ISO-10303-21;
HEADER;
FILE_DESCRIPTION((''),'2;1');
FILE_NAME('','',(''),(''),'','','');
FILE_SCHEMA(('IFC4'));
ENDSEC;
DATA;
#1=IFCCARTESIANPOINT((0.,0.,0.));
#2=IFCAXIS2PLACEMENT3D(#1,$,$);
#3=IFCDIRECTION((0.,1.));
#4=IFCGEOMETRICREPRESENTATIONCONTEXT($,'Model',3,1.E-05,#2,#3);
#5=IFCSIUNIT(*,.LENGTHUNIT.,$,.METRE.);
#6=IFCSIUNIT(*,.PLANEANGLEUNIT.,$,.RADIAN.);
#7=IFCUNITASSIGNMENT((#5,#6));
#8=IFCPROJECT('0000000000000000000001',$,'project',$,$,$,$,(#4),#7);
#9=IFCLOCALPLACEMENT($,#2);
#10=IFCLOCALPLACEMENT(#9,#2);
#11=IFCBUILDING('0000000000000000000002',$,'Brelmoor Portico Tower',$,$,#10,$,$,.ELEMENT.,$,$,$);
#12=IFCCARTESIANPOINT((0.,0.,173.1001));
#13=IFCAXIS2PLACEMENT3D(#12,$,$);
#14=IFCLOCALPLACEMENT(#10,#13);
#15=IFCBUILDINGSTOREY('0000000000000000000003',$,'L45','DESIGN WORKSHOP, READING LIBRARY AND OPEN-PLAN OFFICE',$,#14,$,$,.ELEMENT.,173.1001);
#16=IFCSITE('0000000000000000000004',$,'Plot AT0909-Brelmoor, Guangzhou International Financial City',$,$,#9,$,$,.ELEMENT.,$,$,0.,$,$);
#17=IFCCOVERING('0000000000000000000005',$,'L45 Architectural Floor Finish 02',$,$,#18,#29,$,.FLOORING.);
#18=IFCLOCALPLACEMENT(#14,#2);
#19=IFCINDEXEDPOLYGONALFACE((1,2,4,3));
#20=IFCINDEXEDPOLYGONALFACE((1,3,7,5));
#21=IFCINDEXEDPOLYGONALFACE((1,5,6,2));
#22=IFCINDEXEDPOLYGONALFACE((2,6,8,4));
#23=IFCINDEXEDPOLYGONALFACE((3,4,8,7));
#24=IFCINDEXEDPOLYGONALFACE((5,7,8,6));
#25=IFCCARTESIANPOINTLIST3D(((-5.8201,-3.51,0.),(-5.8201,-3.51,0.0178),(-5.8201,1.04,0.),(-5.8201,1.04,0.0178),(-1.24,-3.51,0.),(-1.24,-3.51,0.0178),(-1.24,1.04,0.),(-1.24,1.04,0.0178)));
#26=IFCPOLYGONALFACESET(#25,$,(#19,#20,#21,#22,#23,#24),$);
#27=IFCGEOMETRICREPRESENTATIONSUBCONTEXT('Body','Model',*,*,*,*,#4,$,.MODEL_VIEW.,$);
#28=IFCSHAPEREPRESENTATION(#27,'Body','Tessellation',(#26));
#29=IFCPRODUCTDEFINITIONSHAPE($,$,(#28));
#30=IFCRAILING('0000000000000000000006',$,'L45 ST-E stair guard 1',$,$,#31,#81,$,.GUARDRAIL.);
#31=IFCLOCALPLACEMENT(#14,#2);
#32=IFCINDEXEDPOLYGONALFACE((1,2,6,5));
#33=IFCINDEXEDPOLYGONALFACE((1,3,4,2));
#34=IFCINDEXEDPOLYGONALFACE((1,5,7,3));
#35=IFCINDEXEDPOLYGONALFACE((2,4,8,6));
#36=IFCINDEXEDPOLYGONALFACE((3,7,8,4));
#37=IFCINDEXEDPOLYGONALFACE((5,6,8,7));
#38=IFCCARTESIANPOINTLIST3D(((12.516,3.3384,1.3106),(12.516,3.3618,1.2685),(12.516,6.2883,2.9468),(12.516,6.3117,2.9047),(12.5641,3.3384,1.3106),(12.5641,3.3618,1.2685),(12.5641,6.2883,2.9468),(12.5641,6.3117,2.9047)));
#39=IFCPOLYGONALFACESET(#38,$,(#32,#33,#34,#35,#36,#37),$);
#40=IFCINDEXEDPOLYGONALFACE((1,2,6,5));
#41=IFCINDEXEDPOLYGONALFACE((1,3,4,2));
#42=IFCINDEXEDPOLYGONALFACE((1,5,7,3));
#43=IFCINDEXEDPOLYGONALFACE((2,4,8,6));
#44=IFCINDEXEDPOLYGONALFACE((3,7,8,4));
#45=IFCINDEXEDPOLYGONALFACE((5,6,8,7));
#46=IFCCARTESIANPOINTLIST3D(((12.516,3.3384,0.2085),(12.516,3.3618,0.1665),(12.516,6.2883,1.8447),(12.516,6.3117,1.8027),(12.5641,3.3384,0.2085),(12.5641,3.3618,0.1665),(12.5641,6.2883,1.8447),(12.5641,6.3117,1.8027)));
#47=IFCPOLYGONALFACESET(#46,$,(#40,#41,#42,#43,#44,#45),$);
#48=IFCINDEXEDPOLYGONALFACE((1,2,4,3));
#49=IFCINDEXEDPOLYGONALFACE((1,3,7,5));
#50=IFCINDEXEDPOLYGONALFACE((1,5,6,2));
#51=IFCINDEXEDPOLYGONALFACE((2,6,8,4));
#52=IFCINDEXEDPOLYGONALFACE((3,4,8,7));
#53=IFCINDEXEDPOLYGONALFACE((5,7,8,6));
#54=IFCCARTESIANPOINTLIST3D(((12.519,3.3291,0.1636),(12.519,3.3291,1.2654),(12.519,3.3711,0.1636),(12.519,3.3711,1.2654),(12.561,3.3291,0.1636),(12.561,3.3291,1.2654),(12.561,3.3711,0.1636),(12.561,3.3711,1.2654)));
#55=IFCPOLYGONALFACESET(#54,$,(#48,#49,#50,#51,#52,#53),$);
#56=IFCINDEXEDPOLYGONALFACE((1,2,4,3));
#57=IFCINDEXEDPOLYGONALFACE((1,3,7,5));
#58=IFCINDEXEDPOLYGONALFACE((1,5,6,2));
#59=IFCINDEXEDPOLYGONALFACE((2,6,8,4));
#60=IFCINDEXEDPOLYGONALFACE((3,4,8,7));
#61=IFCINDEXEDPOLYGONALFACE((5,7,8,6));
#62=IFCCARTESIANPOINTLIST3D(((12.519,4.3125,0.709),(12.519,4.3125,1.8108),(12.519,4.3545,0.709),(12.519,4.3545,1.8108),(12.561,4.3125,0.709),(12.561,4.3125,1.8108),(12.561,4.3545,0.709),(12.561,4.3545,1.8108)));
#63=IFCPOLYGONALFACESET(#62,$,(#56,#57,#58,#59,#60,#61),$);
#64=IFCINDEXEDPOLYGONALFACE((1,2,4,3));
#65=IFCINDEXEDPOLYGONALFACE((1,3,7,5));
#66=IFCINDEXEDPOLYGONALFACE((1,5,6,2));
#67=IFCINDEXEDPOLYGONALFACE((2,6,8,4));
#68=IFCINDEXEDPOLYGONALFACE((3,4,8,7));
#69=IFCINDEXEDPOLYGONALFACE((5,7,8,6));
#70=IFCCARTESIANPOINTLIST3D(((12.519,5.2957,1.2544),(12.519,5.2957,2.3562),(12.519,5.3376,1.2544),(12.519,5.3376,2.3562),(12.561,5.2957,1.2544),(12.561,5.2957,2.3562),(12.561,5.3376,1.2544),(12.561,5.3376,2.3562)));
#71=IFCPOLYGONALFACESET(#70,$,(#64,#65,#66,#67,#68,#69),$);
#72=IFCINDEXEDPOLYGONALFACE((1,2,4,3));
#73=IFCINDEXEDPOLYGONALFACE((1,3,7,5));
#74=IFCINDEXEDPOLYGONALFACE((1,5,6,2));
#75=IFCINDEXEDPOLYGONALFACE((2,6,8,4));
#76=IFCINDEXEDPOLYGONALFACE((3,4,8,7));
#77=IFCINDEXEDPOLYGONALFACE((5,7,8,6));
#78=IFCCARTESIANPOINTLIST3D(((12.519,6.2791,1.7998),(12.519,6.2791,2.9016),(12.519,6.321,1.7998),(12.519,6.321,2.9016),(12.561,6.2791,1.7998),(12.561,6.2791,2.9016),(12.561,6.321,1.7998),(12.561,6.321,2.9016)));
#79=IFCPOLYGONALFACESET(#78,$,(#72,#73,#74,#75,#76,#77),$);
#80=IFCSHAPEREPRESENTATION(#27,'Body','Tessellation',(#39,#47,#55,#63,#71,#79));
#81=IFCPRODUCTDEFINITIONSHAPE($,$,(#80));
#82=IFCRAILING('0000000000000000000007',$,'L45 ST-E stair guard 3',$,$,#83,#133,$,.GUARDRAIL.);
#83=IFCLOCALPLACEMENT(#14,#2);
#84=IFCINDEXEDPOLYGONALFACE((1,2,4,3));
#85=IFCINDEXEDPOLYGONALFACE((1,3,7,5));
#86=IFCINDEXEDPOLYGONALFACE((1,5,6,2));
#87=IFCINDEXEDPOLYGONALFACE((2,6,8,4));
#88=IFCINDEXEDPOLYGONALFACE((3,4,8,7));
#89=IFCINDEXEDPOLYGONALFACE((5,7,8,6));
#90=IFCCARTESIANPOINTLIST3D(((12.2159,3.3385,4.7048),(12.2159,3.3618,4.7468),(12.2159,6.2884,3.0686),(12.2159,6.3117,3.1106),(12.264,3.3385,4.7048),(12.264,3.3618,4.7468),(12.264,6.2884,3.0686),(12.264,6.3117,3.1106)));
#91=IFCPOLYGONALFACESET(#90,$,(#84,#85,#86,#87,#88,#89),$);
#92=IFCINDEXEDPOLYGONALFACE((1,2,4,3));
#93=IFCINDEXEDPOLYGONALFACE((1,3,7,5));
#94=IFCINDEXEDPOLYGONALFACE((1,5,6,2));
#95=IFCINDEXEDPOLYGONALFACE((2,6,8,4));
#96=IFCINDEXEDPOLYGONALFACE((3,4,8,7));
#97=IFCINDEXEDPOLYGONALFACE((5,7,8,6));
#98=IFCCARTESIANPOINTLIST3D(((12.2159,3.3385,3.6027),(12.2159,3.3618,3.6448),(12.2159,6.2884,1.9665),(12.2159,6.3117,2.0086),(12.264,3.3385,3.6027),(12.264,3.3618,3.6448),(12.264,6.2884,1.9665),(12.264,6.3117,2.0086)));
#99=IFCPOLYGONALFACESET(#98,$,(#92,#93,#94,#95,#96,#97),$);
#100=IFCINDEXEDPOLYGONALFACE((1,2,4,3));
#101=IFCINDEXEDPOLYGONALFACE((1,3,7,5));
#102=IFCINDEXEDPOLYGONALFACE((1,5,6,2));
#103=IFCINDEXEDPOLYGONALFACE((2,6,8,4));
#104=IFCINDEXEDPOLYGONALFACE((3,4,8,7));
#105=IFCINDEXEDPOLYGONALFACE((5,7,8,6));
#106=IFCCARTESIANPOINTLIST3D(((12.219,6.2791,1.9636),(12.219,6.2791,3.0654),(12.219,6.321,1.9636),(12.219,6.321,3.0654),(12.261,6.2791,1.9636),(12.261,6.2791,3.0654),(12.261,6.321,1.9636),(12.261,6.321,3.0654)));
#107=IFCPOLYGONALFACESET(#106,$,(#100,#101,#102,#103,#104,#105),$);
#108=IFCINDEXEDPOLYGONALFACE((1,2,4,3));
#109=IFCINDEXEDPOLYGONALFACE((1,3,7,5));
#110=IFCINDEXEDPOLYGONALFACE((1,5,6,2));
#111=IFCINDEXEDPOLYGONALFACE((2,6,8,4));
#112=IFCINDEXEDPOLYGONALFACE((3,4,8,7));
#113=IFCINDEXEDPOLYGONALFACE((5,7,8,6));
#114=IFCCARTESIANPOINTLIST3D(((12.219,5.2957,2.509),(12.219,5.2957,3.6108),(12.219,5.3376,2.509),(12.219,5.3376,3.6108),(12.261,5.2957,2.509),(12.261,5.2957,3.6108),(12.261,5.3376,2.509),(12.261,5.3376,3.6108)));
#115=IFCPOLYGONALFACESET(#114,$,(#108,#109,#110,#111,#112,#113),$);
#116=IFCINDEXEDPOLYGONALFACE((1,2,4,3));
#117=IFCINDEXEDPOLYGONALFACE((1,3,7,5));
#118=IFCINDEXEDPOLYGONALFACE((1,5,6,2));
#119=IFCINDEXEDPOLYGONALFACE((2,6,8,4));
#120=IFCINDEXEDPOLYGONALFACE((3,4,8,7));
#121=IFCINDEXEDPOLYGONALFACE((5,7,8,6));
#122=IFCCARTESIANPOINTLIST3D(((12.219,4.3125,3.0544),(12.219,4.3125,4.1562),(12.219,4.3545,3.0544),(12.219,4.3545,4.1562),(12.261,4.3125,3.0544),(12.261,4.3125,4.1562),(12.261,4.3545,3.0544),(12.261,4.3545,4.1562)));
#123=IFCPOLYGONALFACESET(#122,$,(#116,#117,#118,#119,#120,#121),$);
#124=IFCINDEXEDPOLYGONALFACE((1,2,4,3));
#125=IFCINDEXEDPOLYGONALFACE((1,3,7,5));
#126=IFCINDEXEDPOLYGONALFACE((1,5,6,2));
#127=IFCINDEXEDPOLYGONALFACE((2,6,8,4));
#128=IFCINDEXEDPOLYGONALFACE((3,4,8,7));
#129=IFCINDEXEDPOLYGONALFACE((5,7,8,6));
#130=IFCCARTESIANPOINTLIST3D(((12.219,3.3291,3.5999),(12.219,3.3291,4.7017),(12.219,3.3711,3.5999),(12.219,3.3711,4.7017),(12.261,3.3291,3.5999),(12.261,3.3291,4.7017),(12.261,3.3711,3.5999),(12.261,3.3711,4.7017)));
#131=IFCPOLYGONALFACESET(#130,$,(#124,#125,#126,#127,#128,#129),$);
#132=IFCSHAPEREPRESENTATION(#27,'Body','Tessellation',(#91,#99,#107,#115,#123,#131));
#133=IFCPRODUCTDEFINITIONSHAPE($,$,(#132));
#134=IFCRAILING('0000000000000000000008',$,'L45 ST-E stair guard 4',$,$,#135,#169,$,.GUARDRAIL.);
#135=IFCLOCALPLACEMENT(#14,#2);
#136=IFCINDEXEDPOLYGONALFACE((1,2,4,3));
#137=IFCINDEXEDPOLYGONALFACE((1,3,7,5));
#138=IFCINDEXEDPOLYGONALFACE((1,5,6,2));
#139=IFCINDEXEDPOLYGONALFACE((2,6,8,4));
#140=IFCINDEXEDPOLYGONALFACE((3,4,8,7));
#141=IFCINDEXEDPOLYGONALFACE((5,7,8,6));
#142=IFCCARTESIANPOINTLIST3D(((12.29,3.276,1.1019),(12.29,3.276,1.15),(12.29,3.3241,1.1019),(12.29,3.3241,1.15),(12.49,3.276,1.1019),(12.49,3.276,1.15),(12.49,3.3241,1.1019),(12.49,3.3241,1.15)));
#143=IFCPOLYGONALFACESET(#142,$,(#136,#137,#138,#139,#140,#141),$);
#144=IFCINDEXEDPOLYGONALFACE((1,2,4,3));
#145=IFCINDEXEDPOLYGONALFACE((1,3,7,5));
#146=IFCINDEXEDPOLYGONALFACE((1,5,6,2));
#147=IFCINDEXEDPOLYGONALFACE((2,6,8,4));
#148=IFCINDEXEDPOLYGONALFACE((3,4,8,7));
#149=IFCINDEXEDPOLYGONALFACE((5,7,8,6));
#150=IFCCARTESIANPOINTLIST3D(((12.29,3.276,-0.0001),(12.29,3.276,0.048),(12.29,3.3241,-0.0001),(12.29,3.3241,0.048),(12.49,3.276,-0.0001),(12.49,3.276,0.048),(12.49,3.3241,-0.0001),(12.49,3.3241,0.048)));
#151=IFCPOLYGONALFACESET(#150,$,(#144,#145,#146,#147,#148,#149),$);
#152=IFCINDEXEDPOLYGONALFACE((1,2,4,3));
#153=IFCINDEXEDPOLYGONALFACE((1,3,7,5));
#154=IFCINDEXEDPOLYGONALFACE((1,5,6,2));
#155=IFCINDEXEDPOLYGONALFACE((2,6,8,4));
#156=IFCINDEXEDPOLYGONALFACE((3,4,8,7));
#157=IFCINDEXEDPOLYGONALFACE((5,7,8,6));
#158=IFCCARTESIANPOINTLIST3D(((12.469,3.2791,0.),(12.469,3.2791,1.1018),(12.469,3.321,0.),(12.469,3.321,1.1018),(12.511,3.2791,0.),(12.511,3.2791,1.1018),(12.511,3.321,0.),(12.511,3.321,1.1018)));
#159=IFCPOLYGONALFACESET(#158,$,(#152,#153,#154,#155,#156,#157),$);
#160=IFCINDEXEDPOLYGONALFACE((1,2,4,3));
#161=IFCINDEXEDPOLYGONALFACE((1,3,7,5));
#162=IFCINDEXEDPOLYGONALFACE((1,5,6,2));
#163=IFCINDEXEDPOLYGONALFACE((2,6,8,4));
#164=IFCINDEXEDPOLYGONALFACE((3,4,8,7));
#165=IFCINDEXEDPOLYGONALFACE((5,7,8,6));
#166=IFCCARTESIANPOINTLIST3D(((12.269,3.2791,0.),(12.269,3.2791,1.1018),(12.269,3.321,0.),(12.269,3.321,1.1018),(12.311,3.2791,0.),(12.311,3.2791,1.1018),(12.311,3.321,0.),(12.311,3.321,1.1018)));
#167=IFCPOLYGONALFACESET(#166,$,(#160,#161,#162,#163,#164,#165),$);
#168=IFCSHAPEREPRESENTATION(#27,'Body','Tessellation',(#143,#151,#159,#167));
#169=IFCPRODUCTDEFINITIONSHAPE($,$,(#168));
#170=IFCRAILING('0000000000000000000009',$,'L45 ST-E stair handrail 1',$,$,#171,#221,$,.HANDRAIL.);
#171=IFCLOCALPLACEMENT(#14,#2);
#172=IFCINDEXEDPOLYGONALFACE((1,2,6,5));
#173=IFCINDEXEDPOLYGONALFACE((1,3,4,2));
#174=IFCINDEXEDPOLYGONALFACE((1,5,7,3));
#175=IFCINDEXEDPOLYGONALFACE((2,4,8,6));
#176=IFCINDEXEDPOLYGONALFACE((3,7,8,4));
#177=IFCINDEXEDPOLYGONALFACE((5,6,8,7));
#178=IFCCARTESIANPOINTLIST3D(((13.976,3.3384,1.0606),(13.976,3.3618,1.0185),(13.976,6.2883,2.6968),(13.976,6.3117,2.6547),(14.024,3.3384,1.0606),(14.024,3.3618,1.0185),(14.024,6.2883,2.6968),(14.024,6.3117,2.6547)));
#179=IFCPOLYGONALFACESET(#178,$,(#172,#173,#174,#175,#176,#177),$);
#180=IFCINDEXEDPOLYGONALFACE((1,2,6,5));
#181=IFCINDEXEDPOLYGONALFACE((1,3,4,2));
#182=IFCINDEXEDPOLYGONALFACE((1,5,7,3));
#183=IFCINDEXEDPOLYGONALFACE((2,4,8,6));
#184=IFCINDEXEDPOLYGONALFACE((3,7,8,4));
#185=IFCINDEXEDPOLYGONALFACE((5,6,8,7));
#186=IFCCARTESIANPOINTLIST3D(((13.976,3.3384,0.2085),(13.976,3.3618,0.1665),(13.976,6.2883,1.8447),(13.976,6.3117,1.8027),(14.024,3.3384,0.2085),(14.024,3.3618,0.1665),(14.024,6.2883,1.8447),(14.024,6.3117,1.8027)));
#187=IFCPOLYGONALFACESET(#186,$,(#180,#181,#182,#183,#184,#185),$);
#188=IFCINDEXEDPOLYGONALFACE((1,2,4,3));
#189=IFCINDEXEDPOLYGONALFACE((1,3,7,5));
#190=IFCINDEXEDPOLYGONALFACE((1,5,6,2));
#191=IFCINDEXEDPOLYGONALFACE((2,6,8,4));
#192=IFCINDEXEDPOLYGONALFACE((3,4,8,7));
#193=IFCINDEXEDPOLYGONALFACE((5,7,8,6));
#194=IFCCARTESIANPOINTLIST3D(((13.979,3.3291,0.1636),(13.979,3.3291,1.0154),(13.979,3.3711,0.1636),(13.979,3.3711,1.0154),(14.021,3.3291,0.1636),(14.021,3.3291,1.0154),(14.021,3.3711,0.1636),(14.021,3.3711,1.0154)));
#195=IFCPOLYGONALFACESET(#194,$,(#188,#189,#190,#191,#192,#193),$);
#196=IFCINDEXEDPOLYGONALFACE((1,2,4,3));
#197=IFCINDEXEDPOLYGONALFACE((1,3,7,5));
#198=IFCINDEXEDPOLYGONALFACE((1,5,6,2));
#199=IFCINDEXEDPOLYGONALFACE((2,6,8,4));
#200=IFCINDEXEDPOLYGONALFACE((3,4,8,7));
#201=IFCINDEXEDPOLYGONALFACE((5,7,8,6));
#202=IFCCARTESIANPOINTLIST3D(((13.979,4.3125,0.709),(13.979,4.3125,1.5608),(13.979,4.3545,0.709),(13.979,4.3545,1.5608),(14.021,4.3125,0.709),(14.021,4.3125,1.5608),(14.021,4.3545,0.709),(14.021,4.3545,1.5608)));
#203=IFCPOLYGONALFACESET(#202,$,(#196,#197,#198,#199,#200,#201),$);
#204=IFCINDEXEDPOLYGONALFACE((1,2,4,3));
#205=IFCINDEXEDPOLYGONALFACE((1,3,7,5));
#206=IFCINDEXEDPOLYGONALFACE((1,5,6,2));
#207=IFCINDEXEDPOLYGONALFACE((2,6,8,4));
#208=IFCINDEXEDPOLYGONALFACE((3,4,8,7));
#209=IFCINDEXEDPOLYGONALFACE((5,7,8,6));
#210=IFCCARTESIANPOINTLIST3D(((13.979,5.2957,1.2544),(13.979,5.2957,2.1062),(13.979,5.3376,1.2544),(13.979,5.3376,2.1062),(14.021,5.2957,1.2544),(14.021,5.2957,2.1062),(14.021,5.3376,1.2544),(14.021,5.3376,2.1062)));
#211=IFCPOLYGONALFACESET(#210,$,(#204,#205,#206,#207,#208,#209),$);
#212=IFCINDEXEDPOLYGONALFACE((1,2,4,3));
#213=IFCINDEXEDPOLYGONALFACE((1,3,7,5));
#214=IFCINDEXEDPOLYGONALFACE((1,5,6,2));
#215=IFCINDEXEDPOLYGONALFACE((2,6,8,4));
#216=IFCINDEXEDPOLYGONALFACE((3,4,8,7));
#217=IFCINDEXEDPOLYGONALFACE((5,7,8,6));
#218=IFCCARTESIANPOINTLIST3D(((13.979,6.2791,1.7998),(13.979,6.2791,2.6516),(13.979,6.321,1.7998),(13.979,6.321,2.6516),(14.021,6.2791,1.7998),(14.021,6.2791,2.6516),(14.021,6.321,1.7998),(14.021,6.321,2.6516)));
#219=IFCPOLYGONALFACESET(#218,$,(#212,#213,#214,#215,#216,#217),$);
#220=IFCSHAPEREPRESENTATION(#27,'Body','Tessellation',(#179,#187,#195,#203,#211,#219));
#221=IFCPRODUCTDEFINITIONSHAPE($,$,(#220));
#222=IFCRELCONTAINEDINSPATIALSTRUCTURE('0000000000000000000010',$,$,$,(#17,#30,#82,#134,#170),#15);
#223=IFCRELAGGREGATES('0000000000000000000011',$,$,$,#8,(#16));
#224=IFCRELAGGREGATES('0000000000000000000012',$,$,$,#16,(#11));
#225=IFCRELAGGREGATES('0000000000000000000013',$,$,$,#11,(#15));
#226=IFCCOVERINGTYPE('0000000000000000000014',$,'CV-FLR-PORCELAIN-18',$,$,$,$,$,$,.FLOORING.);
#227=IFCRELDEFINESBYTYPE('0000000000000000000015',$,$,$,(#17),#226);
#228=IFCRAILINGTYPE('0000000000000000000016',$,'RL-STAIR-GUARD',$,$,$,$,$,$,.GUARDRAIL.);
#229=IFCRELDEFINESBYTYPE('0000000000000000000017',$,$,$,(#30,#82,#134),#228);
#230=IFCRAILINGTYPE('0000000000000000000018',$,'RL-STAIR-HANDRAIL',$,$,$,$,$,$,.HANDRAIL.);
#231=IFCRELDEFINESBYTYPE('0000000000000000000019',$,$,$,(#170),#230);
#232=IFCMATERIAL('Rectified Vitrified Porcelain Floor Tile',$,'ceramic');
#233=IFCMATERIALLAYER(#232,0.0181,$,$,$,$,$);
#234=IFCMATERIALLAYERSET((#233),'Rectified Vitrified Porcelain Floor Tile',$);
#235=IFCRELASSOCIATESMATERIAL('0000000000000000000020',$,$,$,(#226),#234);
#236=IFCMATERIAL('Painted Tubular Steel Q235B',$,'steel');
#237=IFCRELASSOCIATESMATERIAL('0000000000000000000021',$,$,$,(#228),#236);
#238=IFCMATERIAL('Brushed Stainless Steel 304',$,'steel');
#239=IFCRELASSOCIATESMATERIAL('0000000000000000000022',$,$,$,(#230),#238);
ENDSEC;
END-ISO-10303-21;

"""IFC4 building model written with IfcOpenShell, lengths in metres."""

from ifc_helpers import new_model, si_unit, direction, frame, origin, origin_2d, place, context, subcontext, project, spatial, polyline, rectangle, outline, extrude, material, layer, layer_set, type_object, element, save


model = new_model("IFC4")

# Units and contexts
model_context = context("Model", 3, precision=1e-05, world=origin(), true_north=direction((0.0, 1.0)))
body_context = subcontext(model_context, "Body", "Model", "MODEL_VIEW")
ifc_project = project(units=[si_unit("LENGTHUNIT", "METRE"), si_unit("PLANEANGLEUNIT", "RADIAN")], contexts=[model_context])

# Site, building, storey
site_placement = place(None, origin())
site = spatial("IfcSite", under=ifc_project, at=site_placement, Name="Plot AT0909-Brelmoor, Guangzhou International Financial City", CompositionType="ELEMENT", RefElevation=0.0)
building_placement = place(site_placement, origin())
building = spatial("IfcBuilding", under=site, at=building_placement, Name="Brelmoor Portico Tower", CompositionType="ELEMENT")
storey_placement = place(building_placement, frame((0.0, 0.0, 173.1001)))
storey = spatial("IfcBuildingStorey", under=building, at=storey_placement, Name="L45", Description="DESIGN WORKSHOP, READING LIBRARY AND OPEN-PLAN OFFICE", CompositionType="ELEMENT", Elevation=173.1001)

# Covering
ifc_material_1 = material(Name="Rectified Vitrified Porcelain Floor Tile", Category="ceramic")
ifc_layer_1 = layer(ifc_material_1, 0.0181)
ifc_layer_set_1 = layer_set([ifc_layer_1], Name="Rectified Vitrified Porcelain Floor Tile")
covering_type_1 = type_object("IfcCoveringType", Name="CV-FLR-PORCELAIN-18", PredefinedType="FLOORING", material=ifc_layer_set_1)
covering_1_placement = place(storey_placement, origin())
element("IfcCovering", 1, at=covering_1_placement, inside=storey, type_object=covering_type_1, Name="L45 Architectural Floor Finish 02", PredefinedType="FLOORING", context=body_context, shape_type="SweptSolid", body=[
    extrude(outline(polyline([(-5.8201, -3.51), (-5.8201, 1.04), (-1.24, 1.04), (-1.24, -3.51), (-5.8201, -3.51)])), origin(), (0.0, 0.0, 1.0), 0.0178),
])

# Railings
ifc_material_2 = material(Name="Painted Tubular Steel Q235B", Category="steel")
railing_type_1 = type_object("IfcRailingType", Name="RL-STAIR-GUARD", PredefinedType="GUARDRAIL", material=ifc_material_2)
railing_1_placement = place(storey_placement, frame((12.54, 3.3501, 0.1636)))
element("IfcRailing", 2, at=railing_1_placement, inside=storey, type_object=railing_type_1, Name="L45 ST-E stair guard 1", PredefinedType="GUARDRAIL", context=body_context, shape_type="SweptSolid", body=[
    extrude(rectangle(XDim=0.0481, YDim=0.0481, at=origin_2d()), frame((0.0, 0.0, 1.126), z_axis=(0.0, 0.874488, 0.485047), x_axis=(-1.0, 0.0, 0.0)), (0.0, 0.0, 1.0), 3.3733),
    extrude(rectangle(XDim=0.0481, YDim=0.0481, at=origin_2d()), frame((0.0, 0.0, 0.0239), z_axis=(0.0, 0.874488, 0.485047), x_axis=(-1.0, 0.0, 0.0)), (0.0, 0.0, 1.0), 3.3733),
    extrude(rectangle(XDim=0.042, YDim=0.042, at=origin_2d()), origin(), (0.0, 0.0, 1.0), 1.1018),
    extrude(rectangle(XDim=0.042, YDim=0.042, at=origin_2d()), frame((0.0, 0.9834, 0.5454)), (0.0, 0.0, 1.0), 1.1018),
    extrude(rectangle(XDim=0.042, YDim=0.042, at=origin_2d()), frame((0.0, 1.9666, 1.0908)), (0.0, 0.0, 1.0), 1.1018),
    extrude(rectangle(XDim=0.042, YDim=0.042, at=origin_2d()), frame((0.0, 2.95, 1.6362)), (0.0, 0.0, 1.0), 1.1018),
])
railing_2_placement = place(storey_placement, frame((12.24, 6.3, 1.9636)))
element("IfcRailing", 3, at=railing_2_placement, inside=storey, type_object=railing_type_1, Name="L45 ST-E stair guard 3", PredefinedType="GUARDRAIL", context=body_context, shape_type="SweptSolid", body=[
    extrude(rectangle(XDim=0.0481, YDim=0.0481, at=origin_2d()), frame((0.0, 0.0, 1.126), z_axis=(0.0, -0.874488, 0.485047), x_axis=(1.0, 0.0, 0.0)), (0.0, 0.0, 1.0), 3.3733),
    extrude(rectangle(XDim=0.0481, YDim=0.0481, at=origin_2d()), frame((0.0, 0.0, 0.0239), z_axis=(0.0, -0.874488, 0.485047), x_axis=(1.0, 0.0, 0.0)), (0.0, 0.0, 1.0), 3.3733),
    extrude(rectangle(XDim=0.042, YDim=0.042, at=origin_2d()), origin(), (0.0, 0.0, 1.0), 1.1018),
    extrude(rectangle(XDim=0.042, YDim=0.042, at=origin_2d()), frame((0.0, -0.9834, 0.5454)), (0.0, 0.0, 1.0), 1.1018),
    extrude(rectangle(XDim=0.042, YDim=0.042, at=origin_2d()), frame((0.0, -1.9666, 1.0908)), (0.0, 0.0, 1.0), 1.1018),
    extrude(rectangle(XDim=0.042, YDim=0.042, at=origin_2d()), frame((0.0, -2.95, 1.6362)), (0.0, 0.0, 1.0), 1.1018),
])
railing_3_placement = place(storey_placement, frame((12.49, 3.3, 0.0)))
element("IfcRailing", 4, at=railing_3_placement, inside=storey, type_object=railing_type_1, Name="L45 ST-E stair guard 4", PredefinedType="GUARDRAIL", context=body_context, shape_type="SweptSolid", body=[
    extrude(rectangle(XDim=0.0481, YDim=0.0481, at=origin_2d()), frame((0.0, 0.0, 1.126), z_axis=(-1.0, 0.0, 0.0), x_axis=(0.0, -1.0, 0.0)), (0.0, 0.0, 1.0), 0.2),
    extrude(rectangle(XDim=0.0481, YDim=0.0481, at=origin_2d()), frame((0.0, 0.0, 0.0239), z_axis=(-1.0, 0.0, 0.0), x_axis=(0.0, -1.0, 0.0)), (0.0, 0.0, 1.0), 0.2),
    extrude(rectangle(XDim=0.042, YDim=0.042, at=origin_2d()), origin(), (0.0, 0.0, 1.0), 1.1018),
    extrude(rectangle(XDim=0.042, YDim=0.042, at=origin_2d()), frame((-0.2, 0.0, 0.0)), (0.0, 0.0, 1.0), 1.1018),
])
ifc_material_3 = material(Name="Brushed Stainless Steel 304", Category="steel")
railing_type_2 = type_object("IfcRailingType", Name="RL-STAIR-HANDRAIL", PredefinedType="HANDRAIL", material=ifc_material_3)
railing_4_placement = place(storey_placement, frame((14.0, 3.3501, 0.1636)))
element("IfcRailing", 5, at=railing_4_placement, inside=storey, type_object=railing_type_2, Name="L45 ST-E stair handrail 1", PredefinedType="HANDRAIL", context=body_context, shape_type="SweptSolid", body=[
    extrude(rectangle(XDim=0.0481, YDim=0.0481, at=origin_2d()), frame((0.0, 0.0, 0.876), z_axis=(0.0, 0.874488, 0.485047), x_axis=(-1.0, 0.0, 0.0)), (0.0, 0.0, 1.0), 3.3733),
    extrude(rectangle(XDim=0.0481, YDim=0.0481, at=origin_2d()), frame((0.0, 0.0, 0.0239), z_axis=(0.0, 0.874488, 0.485047), x_axis=(-1.0, 0.0, 0.0)), (0.0, 0.0, 1.0), 3.3733),
    extrude(rectangle(XDim=0.042, YDim=0.042, at=origin_2d()), origin(), (0.0, 0.0, 1.0), 0.8518),
    extrude(rectangle(XDim=0.042, YDim=0.042, at=origin_2d()), frame((0.0, 0.9834, 0.5454)), (0.0, 0.0, 1.0), 0.8518),
    extrude(rectangle(XDim=0.042, YDim=0.042, at=origin_2d()), frame((0.0, 1.9666, 1.0908)), (0.0, 0.0, 1.0), 0.8518),
    extrude(rectangle(XDim=0.042, YDim=0.042, at=origin_2d()), frame((0.0, 2.95, 1.6362)), (0.0, 0.0, 1.0), 0.8518),
])

save(model, "model.ifc")
